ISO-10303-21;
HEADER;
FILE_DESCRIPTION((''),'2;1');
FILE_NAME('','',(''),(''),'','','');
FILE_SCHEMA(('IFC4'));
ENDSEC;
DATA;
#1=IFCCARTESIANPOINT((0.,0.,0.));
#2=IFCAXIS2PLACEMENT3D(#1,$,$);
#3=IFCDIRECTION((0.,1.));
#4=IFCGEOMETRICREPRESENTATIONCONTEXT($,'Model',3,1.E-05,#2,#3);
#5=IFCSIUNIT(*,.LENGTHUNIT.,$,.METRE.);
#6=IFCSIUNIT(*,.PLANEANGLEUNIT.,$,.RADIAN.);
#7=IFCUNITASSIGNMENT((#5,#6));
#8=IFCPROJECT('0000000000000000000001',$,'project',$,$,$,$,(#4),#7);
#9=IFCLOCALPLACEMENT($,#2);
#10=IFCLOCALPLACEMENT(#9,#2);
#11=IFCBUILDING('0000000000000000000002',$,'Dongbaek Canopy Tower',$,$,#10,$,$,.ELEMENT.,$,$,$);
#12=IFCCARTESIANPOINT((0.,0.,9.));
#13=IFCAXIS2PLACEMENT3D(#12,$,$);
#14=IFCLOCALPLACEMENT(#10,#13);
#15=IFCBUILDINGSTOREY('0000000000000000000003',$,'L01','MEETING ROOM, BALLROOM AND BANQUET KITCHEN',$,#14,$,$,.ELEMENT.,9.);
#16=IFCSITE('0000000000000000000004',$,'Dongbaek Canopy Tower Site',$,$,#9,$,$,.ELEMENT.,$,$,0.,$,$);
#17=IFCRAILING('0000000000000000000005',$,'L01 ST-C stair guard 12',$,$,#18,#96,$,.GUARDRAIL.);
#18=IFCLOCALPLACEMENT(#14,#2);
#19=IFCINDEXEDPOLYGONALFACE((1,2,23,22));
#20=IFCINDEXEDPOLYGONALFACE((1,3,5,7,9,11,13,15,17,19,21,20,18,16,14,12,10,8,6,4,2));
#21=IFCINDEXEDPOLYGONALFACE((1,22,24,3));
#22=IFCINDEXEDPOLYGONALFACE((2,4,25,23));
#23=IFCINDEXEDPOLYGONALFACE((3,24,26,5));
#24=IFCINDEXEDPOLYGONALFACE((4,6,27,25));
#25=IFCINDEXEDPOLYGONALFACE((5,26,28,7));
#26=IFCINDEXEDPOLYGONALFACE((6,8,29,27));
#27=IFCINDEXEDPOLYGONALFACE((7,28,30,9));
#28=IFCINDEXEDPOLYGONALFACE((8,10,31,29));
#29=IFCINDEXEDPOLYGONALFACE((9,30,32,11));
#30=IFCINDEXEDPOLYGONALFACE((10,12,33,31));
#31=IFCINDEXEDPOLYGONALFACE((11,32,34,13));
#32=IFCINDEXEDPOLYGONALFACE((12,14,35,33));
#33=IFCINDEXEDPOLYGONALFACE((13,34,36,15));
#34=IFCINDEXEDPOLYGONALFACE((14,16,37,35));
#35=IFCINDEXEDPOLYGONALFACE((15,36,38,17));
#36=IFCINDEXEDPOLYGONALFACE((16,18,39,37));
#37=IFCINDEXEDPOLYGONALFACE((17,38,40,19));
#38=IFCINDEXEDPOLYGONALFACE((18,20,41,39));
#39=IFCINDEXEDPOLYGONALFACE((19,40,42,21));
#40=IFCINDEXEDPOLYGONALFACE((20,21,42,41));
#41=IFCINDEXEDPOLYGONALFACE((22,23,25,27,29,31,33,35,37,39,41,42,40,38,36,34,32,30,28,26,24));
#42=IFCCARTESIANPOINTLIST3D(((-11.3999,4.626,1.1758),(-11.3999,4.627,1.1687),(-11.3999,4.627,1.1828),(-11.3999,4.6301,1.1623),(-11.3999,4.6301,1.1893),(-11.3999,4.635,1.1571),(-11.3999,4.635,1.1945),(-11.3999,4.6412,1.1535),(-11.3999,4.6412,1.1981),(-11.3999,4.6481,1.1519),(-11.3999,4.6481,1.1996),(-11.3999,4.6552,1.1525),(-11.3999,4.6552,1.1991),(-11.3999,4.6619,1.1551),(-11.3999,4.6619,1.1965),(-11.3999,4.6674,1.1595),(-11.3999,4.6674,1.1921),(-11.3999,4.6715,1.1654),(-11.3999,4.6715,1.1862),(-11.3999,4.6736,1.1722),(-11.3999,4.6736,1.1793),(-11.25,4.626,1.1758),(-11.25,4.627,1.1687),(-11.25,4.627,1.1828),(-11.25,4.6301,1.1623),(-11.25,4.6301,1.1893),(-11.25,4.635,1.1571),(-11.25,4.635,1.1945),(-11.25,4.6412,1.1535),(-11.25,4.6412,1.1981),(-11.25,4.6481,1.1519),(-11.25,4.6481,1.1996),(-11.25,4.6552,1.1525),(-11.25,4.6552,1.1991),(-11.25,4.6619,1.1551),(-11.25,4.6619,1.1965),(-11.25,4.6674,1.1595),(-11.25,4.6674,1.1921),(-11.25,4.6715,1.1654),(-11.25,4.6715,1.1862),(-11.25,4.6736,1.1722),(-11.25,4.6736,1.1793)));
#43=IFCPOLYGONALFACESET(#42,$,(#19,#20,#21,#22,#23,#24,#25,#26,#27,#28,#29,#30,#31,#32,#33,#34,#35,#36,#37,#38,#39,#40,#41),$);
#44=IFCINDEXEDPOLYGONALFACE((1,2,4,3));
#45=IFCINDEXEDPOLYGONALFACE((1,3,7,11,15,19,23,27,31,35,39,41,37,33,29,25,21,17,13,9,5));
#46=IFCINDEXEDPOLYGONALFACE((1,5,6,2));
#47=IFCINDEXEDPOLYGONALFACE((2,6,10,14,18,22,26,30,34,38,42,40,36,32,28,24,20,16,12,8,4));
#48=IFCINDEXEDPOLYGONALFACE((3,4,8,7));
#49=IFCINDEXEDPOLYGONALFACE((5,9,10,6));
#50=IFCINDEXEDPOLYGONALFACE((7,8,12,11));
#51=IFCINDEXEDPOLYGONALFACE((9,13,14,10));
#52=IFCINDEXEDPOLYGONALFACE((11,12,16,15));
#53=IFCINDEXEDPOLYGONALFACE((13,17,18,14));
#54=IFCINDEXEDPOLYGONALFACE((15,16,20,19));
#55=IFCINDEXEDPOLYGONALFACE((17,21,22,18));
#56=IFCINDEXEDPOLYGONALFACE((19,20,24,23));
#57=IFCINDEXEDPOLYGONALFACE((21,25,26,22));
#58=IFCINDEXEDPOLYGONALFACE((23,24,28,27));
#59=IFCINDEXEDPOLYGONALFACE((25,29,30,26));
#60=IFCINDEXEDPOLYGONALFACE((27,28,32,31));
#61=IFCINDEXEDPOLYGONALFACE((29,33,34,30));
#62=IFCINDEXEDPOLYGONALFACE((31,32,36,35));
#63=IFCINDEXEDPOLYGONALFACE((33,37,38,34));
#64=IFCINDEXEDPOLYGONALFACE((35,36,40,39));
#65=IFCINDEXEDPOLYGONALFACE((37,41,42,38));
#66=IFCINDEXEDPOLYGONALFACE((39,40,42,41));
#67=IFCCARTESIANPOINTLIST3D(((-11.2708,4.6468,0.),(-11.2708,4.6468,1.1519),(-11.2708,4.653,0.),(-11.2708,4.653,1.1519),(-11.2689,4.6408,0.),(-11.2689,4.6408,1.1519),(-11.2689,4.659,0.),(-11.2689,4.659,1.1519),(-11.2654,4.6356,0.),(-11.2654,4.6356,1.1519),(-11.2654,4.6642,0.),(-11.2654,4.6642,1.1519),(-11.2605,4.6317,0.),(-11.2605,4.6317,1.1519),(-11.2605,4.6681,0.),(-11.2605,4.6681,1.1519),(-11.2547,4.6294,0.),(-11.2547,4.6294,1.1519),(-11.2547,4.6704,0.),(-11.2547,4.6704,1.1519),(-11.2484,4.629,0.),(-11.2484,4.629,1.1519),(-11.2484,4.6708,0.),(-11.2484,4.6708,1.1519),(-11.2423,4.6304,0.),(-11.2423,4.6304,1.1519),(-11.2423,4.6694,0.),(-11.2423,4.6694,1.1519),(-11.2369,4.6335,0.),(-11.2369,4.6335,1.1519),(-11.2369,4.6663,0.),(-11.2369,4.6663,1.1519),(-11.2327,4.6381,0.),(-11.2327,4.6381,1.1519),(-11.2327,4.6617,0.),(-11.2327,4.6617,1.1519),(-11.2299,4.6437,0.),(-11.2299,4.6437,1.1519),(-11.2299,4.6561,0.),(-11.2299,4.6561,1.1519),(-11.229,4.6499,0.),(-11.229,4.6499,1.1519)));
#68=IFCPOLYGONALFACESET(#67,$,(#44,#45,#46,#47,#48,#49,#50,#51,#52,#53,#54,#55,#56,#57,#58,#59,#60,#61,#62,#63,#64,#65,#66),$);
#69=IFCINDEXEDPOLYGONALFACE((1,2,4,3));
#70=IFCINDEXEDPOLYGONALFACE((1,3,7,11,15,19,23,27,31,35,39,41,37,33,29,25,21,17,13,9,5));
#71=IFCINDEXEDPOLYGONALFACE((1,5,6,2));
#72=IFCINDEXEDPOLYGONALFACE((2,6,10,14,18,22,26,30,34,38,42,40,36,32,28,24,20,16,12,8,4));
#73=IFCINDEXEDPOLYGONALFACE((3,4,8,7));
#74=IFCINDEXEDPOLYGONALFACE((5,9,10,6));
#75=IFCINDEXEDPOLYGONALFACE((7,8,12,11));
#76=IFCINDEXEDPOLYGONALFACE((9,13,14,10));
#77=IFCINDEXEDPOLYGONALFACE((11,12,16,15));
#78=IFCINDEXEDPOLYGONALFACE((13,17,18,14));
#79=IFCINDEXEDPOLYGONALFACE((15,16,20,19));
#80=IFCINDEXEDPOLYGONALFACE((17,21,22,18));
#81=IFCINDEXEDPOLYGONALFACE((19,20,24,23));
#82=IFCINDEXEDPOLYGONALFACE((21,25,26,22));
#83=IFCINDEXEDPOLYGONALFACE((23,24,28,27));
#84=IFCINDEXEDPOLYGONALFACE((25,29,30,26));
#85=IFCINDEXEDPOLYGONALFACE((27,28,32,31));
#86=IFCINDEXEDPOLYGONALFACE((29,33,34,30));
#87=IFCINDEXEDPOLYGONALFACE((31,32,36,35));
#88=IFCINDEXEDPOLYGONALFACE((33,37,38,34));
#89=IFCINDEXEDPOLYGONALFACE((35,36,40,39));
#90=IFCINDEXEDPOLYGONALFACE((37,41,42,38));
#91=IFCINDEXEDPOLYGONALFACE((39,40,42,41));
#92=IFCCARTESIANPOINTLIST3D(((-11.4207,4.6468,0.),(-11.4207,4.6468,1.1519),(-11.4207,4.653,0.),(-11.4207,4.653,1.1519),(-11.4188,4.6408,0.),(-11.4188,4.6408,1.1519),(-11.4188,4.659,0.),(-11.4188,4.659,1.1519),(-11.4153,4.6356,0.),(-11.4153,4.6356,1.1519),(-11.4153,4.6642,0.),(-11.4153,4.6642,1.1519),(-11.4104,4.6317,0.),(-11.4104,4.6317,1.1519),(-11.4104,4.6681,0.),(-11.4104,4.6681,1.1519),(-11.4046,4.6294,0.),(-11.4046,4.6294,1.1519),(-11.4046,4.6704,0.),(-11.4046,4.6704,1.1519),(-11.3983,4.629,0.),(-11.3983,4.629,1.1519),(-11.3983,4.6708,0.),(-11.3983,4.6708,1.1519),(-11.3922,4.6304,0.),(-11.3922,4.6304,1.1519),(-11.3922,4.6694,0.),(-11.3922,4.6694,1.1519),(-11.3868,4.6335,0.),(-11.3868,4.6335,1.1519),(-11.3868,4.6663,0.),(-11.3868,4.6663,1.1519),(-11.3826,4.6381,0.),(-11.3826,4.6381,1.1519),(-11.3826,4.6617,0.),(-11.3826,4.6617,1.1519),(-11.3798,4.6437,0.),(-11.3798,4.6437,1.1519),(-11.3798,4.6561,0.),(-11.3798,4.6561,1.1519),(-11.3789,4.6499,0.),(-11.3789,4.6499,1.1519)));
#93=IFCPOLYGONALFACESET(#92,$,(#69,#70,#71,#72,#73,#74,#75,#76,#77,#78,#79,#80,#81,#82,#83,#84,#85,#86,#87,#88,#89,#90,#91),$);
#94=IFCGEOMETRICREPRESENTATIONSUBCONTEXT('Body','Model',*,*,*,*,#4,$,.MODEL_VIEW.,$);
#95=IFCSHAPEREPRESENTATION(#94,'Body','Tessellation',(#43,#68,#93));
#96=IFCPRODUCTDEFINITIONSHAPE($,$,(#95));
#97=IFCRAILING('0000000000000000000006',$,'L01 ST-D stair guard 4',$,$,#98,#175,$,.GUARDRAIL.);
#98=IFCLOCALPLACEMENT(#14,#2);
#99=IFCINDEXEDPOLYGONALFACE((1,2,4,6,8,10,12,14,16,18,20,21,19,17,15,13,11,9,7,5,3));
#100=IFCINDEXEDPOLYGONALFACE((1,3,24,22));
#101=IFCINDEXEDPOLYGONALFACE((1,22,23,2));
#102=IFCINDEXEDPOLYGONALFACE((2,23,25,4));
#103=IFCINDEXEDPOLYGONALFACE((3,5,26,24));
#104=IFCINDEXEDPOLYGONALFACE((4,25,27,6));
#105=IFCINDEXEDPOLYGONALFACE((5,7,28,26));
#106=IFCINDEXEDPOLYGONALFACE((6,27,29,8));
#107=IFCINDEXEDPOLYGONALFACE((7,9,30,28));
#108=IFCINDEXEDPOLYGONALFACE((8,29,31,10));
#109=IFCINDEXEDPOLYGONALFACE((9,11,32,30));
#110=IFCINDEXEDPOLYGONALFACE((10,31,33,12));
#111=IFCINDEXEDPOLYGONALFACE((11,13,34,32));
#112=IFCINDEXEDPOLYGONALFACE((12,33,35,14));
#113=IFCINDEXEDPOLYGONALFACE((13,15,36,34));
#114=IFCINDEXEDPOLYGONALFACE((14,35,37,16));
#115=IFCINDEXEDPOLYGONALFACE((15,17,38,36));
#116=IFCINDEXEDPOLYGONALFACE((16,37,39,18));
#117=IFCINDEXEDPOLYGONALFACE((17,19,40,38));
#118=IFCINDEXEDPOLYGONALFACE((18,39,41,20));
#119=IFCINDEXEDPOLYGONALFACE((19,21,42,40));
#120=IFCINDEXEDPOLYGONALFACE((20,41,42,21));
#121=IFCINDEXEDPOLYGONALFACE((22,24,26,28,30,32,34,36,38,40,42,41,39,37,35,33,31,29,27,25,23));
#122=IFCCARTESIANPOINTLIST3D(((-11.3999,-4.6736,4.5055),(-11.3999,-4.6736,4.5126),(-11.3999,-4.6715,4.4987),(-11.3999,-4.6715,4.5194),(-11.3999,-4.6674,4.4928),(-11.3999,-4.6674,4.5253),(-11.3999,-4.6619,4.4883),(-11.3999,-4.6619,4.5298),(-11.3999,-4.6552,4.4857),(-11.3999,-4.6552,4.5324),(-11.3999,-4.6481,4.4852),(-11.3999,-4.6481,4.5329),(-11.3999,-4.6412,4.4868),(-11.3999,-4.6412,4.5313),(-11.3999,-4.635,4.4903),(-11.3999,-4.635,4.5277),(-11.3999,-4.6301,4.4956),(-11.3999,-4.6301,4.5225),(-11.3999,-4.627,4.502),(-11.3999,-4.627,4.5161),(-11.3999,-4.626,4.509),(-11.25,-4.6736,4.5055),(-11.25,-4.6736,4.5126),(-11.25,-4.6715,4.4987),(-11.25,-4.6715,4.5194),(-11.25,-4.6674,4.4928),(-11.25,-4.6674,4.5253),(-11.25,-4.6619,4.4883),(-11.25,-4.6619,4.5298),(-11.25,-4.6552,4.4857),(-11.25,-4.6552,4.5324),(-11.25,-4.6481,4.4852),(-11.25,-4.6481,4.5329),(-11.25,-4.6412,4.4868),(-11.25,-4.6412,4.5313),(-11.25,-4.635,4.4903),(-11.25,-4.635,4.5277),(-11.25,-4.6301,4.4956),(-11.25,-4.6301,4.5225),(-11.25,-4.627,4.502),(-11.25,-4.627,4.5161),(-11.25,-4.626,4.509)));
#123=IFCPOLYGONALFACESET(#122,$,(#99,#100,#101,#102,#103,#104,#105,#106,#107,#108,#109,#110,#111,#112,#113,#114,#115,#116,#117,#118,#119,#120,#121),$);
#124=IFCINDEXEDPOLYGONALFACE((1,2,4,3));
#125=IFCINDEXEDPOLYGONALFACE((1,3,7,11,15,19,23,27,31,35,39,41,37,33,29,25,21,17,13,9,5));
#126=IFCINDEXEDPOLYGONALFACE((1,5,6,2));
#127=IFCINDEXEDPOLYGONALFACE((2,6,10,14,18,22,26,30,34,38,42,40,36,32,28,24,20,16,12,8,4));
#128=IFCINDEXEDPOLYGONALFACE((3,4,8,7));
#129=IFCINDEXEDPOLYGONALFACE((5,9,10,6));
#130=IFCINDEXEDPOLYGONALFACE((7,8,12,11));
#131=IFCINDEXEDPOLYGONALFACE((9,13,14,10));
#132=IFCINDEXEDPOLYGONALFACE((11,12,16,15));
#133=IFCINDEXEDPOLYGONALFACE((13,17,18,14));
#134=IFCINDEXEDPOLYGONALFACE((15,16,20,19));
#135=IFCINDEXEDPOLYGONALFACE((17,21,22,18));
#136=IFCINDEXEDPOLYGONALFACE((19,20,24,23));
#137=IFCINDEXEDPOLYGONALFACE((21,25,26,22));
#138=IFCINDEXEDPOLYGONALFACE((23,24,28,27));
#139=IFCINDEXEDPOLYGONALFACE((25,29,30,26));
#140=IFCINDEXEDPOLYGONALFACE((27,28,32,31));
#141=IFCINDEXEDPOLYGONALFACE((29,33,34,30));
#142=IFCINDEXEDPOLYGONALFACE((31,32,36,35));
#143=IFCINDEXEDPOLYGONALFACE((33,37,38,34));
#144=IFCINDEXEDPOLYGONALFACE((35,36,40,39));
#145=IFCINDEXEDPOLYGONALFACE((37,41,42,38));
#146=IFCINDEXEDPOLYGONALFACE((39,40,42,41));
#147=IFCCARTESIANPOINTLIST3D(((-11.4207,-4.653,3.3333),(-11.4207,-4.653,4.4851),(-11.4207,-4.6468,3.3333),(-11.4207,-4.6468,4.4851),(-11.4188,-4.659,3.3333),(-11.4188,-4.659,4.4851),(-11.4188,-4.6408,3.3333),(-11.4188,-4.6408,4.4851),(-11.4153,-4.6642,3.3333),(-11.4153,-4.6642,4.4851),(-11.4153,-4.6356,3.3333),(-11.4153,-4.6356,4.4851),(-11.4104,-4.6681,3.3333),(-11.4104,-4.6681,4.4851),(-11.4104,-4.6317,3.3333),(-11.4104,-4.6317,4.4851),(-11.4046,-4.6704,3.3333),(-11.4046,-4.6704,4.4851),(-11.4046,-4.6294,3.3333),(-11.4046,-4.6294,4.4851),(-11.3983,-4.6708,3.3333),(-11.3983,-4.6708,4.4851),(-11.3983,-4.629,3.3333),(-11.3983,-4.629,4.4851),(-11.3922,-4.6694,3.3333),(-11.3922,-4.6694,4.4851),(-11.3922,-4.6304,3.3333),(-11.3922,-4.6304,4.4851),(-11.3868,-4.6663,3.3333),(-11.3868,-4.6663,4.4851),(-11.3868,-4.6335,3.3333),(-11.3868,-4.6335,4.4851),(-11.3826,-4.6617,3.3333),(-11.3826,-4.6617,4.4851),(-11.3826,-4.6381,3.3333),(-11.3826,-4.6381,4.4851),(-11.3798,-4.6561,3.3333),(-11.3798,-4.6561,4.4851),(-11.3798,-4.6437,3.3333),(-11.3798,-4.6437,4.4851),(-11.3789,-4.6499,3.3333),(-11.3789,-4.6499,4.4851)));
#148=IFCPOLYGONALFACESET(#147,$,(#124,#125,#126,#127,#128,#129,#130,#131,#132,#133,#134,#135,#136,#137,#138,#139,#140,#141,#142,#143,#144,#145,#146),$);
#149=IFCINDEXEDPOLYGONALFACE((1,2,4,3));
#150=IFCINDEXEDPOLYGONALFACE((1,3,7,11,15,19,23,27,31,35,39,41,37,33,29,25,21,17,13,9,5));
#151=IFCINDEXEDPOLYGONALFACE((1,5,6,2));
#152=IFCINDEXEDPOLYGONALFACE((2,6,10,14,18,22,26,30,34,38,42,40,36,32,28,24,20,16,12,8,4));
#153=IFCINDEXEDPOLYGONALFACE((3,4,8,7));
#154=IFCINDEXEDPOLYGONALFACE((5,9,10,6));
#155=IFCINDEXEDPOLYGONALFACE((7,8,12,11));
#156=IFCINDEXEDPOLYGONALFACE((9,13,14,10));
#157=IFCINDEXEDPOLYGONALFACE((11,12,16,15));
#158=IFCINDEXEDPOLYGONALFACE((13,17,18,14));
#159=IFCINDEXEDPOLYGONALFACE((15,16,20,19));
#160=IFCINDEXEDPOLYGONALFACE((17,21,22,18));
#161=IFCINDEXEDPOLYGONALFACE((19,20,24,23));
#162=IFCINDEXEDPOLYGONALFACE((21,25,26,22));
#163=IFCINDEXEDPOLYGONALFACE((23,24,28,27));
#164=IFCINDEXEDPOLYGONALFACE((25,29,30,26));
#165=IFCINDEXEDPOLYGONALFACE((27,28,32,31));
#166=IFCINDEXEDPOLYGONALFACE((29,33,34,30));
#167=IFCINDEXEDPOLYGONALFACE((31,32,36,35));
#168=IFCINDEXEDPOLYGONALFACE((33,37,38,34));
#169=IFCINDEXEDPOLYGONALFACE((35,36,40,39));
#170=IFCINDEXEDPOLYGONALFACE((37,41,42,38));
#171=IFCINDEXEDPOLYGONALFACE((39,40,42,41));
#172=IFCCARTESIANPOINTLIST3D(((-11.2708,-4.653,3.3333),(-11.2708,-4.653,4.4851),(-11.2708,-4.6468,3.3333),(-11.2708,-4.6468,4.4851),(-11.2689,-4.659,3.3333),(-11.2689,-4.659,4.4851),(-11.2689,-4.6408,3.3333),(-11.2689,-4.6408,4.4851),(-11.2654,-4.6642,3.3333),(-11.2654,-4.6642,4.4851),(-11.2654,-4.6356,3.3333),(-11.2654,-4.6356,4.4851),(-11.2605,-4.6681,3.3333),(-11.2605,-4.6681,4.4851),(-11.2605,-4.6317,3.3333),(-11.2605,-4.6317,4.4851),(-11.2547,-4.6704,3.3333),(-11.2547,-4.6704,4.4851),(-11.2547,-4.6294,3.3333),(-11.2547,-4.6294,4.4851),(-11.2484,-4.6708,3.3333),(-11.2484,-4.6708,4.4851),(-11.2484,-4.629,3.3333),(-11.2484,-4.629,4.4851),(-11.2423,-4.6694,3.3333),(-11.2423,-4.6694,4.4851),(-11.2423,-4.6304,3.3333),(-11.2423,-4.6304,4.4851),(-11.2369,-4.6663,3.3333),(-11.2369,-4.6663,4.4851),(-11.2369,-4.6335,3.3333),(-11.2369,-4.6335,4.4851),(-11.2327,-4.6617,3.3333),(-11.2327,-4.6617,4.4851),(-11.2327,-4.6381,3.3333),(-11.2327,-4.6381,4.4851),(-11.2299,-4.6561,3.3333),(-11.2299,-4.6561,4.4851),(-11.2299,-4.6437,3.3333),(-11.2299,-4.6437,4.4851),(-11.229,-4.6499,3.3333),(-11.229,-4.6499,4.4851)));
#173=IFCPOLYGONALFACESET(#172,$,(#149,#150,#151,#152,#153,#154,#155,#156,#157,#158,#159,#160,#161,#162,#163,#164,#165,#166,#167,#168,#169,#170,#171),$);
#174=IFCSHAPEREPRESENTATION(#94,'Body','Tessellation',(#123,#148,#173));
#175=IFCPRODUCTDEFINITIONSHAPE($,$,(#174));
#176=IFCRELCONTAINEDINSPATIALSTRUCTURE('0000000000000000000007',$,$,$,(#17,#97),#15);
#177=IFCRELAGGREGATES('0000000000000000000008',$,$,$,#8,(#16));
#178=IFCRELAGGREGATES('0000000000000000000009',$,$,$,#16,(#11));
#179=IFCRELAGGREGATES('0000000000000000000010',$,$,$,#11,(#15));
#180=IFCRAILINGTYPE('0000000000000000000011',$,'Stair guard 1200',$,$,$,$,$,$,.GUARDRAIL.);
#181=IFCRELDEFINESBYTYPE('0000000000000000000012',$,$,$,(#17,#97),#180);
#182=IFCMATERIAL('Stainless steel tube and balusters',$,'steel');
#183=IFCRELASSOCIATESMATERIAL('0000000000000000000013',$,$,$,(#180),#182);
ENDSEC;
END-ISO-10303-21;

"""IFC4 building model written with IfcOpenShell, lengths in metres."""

from ifc_helpers import new_model, si_unit, direction, frame, origin, origin_2d, place, context, subcontext, project, spatial, circle, extrude, material, type_object, element, save


model = new_model("IFC4")

# Units and contexts
model_context = context("Model", 3, precision=1e-05, world=origin(), true_north=direction((0.0, 1.0)))
body_context = subcontext(model_context, "Body", "Model", "MODEL_VIEW")
ifc_project = project(units=[si_unit("LENGTHUNIT", "METRE"), si_unit("PLANEANGLEUNIT", "RADIAN")], contexts=[model_context])

# Site, building, storey
site_placement = place(None, origin())
site = spatial("IfcSite", under=ifc_project, at=site_placement, Name="Dongbaek Canopy Tower Site", CompositionType="ELEMENT", RefElevation=0.0)
building_placement = place(site_placement, origin())
building = spatial("IfcBuilding", under=site, at=building_placement, Name="Dongbaek Canopy Tower", CompositionType="ELEMENT")
storey_placement = place(building_placement, frame((0.0, 0.0, 9.0)))
storey = spatial("IfcBuildingStorey", under=building, at=storey_placement, Name="L01", Description="MEETING ROOM, BALLROOM AND BANQUET KITCHEN", CompositionType="ELEMENT", Elevation=9.0)

# Railings
ifc_material_1 = material(Name="Stainless steel tube and balusters", Category="steel")
railing_type_1 = type_object("IfcRailingType", Name="Stair guard 1200", PredefinedType="GUARDRAIL", material=ifc_material_1)
railing_1_placement = place(storey_placement, frame((-11.25, 4.6499, 0.0)))
element("IfcRailing", 1, at=railing_1_placement, inside=storey, type_object=railing_type_1, Name="L01 ST-C stair guard 12", PredefinedType="GUARDRAIL", context=body_context, shape_type="SweptSolid", body=[
    extrude(circle(Radius=0.0239, at=origin_2d()), frame((0.0, 0.0, 1.1758), z_axis=(-1.0, 0.0, 0.0), x_axis=(0.0, -1.0, 0.0)), (0.0, 0.0, 1.0), 0.1499),
    extrude(circle(Radius=0.021, at=origin_2d()), origin(), (0.0, 0.0, 1.0), 1.1519),
    extrude(circle(Radius=0.021, at=origin_2d()), frame((-0.1499, 0.0, 0.0)), (0.0, 0.0, 1.0), 1.1519),
])
railing_2_placement = place(storey_placement, frame((-11.3999, -4.6499, 3.3333)))
element("IfcRailing", 2, at=railing_2_placement, inside=storey, type_object=railing_type_1, Name="L01 ST-D stair guard 4", PredefinedType="GUARDRAIL", context=body_context, shape_type="SweptSolid", body=[
    extrude(circle(Radius=0.0239, at=origin_2d()), frame((0.0, 0.0, 1.1758), z_axis=(1.0, 0.0, 0.0), x_axis=(0.0, 1.0, 0.0)), (0.0, 0.0, 1.0), 0.1499),
    extrude(circle(Radius=0.021, at=origin_2d()), origin(), (0.0, 0.0, 1.0), 1.1519),
    extrude(circle(Radius=0.021, at=origin_2d()), frame((0.1499, 0.0, 0.0)), (0.0, 0.0, 1.0), 1.1519),
])

save(model, "model.ifc")
